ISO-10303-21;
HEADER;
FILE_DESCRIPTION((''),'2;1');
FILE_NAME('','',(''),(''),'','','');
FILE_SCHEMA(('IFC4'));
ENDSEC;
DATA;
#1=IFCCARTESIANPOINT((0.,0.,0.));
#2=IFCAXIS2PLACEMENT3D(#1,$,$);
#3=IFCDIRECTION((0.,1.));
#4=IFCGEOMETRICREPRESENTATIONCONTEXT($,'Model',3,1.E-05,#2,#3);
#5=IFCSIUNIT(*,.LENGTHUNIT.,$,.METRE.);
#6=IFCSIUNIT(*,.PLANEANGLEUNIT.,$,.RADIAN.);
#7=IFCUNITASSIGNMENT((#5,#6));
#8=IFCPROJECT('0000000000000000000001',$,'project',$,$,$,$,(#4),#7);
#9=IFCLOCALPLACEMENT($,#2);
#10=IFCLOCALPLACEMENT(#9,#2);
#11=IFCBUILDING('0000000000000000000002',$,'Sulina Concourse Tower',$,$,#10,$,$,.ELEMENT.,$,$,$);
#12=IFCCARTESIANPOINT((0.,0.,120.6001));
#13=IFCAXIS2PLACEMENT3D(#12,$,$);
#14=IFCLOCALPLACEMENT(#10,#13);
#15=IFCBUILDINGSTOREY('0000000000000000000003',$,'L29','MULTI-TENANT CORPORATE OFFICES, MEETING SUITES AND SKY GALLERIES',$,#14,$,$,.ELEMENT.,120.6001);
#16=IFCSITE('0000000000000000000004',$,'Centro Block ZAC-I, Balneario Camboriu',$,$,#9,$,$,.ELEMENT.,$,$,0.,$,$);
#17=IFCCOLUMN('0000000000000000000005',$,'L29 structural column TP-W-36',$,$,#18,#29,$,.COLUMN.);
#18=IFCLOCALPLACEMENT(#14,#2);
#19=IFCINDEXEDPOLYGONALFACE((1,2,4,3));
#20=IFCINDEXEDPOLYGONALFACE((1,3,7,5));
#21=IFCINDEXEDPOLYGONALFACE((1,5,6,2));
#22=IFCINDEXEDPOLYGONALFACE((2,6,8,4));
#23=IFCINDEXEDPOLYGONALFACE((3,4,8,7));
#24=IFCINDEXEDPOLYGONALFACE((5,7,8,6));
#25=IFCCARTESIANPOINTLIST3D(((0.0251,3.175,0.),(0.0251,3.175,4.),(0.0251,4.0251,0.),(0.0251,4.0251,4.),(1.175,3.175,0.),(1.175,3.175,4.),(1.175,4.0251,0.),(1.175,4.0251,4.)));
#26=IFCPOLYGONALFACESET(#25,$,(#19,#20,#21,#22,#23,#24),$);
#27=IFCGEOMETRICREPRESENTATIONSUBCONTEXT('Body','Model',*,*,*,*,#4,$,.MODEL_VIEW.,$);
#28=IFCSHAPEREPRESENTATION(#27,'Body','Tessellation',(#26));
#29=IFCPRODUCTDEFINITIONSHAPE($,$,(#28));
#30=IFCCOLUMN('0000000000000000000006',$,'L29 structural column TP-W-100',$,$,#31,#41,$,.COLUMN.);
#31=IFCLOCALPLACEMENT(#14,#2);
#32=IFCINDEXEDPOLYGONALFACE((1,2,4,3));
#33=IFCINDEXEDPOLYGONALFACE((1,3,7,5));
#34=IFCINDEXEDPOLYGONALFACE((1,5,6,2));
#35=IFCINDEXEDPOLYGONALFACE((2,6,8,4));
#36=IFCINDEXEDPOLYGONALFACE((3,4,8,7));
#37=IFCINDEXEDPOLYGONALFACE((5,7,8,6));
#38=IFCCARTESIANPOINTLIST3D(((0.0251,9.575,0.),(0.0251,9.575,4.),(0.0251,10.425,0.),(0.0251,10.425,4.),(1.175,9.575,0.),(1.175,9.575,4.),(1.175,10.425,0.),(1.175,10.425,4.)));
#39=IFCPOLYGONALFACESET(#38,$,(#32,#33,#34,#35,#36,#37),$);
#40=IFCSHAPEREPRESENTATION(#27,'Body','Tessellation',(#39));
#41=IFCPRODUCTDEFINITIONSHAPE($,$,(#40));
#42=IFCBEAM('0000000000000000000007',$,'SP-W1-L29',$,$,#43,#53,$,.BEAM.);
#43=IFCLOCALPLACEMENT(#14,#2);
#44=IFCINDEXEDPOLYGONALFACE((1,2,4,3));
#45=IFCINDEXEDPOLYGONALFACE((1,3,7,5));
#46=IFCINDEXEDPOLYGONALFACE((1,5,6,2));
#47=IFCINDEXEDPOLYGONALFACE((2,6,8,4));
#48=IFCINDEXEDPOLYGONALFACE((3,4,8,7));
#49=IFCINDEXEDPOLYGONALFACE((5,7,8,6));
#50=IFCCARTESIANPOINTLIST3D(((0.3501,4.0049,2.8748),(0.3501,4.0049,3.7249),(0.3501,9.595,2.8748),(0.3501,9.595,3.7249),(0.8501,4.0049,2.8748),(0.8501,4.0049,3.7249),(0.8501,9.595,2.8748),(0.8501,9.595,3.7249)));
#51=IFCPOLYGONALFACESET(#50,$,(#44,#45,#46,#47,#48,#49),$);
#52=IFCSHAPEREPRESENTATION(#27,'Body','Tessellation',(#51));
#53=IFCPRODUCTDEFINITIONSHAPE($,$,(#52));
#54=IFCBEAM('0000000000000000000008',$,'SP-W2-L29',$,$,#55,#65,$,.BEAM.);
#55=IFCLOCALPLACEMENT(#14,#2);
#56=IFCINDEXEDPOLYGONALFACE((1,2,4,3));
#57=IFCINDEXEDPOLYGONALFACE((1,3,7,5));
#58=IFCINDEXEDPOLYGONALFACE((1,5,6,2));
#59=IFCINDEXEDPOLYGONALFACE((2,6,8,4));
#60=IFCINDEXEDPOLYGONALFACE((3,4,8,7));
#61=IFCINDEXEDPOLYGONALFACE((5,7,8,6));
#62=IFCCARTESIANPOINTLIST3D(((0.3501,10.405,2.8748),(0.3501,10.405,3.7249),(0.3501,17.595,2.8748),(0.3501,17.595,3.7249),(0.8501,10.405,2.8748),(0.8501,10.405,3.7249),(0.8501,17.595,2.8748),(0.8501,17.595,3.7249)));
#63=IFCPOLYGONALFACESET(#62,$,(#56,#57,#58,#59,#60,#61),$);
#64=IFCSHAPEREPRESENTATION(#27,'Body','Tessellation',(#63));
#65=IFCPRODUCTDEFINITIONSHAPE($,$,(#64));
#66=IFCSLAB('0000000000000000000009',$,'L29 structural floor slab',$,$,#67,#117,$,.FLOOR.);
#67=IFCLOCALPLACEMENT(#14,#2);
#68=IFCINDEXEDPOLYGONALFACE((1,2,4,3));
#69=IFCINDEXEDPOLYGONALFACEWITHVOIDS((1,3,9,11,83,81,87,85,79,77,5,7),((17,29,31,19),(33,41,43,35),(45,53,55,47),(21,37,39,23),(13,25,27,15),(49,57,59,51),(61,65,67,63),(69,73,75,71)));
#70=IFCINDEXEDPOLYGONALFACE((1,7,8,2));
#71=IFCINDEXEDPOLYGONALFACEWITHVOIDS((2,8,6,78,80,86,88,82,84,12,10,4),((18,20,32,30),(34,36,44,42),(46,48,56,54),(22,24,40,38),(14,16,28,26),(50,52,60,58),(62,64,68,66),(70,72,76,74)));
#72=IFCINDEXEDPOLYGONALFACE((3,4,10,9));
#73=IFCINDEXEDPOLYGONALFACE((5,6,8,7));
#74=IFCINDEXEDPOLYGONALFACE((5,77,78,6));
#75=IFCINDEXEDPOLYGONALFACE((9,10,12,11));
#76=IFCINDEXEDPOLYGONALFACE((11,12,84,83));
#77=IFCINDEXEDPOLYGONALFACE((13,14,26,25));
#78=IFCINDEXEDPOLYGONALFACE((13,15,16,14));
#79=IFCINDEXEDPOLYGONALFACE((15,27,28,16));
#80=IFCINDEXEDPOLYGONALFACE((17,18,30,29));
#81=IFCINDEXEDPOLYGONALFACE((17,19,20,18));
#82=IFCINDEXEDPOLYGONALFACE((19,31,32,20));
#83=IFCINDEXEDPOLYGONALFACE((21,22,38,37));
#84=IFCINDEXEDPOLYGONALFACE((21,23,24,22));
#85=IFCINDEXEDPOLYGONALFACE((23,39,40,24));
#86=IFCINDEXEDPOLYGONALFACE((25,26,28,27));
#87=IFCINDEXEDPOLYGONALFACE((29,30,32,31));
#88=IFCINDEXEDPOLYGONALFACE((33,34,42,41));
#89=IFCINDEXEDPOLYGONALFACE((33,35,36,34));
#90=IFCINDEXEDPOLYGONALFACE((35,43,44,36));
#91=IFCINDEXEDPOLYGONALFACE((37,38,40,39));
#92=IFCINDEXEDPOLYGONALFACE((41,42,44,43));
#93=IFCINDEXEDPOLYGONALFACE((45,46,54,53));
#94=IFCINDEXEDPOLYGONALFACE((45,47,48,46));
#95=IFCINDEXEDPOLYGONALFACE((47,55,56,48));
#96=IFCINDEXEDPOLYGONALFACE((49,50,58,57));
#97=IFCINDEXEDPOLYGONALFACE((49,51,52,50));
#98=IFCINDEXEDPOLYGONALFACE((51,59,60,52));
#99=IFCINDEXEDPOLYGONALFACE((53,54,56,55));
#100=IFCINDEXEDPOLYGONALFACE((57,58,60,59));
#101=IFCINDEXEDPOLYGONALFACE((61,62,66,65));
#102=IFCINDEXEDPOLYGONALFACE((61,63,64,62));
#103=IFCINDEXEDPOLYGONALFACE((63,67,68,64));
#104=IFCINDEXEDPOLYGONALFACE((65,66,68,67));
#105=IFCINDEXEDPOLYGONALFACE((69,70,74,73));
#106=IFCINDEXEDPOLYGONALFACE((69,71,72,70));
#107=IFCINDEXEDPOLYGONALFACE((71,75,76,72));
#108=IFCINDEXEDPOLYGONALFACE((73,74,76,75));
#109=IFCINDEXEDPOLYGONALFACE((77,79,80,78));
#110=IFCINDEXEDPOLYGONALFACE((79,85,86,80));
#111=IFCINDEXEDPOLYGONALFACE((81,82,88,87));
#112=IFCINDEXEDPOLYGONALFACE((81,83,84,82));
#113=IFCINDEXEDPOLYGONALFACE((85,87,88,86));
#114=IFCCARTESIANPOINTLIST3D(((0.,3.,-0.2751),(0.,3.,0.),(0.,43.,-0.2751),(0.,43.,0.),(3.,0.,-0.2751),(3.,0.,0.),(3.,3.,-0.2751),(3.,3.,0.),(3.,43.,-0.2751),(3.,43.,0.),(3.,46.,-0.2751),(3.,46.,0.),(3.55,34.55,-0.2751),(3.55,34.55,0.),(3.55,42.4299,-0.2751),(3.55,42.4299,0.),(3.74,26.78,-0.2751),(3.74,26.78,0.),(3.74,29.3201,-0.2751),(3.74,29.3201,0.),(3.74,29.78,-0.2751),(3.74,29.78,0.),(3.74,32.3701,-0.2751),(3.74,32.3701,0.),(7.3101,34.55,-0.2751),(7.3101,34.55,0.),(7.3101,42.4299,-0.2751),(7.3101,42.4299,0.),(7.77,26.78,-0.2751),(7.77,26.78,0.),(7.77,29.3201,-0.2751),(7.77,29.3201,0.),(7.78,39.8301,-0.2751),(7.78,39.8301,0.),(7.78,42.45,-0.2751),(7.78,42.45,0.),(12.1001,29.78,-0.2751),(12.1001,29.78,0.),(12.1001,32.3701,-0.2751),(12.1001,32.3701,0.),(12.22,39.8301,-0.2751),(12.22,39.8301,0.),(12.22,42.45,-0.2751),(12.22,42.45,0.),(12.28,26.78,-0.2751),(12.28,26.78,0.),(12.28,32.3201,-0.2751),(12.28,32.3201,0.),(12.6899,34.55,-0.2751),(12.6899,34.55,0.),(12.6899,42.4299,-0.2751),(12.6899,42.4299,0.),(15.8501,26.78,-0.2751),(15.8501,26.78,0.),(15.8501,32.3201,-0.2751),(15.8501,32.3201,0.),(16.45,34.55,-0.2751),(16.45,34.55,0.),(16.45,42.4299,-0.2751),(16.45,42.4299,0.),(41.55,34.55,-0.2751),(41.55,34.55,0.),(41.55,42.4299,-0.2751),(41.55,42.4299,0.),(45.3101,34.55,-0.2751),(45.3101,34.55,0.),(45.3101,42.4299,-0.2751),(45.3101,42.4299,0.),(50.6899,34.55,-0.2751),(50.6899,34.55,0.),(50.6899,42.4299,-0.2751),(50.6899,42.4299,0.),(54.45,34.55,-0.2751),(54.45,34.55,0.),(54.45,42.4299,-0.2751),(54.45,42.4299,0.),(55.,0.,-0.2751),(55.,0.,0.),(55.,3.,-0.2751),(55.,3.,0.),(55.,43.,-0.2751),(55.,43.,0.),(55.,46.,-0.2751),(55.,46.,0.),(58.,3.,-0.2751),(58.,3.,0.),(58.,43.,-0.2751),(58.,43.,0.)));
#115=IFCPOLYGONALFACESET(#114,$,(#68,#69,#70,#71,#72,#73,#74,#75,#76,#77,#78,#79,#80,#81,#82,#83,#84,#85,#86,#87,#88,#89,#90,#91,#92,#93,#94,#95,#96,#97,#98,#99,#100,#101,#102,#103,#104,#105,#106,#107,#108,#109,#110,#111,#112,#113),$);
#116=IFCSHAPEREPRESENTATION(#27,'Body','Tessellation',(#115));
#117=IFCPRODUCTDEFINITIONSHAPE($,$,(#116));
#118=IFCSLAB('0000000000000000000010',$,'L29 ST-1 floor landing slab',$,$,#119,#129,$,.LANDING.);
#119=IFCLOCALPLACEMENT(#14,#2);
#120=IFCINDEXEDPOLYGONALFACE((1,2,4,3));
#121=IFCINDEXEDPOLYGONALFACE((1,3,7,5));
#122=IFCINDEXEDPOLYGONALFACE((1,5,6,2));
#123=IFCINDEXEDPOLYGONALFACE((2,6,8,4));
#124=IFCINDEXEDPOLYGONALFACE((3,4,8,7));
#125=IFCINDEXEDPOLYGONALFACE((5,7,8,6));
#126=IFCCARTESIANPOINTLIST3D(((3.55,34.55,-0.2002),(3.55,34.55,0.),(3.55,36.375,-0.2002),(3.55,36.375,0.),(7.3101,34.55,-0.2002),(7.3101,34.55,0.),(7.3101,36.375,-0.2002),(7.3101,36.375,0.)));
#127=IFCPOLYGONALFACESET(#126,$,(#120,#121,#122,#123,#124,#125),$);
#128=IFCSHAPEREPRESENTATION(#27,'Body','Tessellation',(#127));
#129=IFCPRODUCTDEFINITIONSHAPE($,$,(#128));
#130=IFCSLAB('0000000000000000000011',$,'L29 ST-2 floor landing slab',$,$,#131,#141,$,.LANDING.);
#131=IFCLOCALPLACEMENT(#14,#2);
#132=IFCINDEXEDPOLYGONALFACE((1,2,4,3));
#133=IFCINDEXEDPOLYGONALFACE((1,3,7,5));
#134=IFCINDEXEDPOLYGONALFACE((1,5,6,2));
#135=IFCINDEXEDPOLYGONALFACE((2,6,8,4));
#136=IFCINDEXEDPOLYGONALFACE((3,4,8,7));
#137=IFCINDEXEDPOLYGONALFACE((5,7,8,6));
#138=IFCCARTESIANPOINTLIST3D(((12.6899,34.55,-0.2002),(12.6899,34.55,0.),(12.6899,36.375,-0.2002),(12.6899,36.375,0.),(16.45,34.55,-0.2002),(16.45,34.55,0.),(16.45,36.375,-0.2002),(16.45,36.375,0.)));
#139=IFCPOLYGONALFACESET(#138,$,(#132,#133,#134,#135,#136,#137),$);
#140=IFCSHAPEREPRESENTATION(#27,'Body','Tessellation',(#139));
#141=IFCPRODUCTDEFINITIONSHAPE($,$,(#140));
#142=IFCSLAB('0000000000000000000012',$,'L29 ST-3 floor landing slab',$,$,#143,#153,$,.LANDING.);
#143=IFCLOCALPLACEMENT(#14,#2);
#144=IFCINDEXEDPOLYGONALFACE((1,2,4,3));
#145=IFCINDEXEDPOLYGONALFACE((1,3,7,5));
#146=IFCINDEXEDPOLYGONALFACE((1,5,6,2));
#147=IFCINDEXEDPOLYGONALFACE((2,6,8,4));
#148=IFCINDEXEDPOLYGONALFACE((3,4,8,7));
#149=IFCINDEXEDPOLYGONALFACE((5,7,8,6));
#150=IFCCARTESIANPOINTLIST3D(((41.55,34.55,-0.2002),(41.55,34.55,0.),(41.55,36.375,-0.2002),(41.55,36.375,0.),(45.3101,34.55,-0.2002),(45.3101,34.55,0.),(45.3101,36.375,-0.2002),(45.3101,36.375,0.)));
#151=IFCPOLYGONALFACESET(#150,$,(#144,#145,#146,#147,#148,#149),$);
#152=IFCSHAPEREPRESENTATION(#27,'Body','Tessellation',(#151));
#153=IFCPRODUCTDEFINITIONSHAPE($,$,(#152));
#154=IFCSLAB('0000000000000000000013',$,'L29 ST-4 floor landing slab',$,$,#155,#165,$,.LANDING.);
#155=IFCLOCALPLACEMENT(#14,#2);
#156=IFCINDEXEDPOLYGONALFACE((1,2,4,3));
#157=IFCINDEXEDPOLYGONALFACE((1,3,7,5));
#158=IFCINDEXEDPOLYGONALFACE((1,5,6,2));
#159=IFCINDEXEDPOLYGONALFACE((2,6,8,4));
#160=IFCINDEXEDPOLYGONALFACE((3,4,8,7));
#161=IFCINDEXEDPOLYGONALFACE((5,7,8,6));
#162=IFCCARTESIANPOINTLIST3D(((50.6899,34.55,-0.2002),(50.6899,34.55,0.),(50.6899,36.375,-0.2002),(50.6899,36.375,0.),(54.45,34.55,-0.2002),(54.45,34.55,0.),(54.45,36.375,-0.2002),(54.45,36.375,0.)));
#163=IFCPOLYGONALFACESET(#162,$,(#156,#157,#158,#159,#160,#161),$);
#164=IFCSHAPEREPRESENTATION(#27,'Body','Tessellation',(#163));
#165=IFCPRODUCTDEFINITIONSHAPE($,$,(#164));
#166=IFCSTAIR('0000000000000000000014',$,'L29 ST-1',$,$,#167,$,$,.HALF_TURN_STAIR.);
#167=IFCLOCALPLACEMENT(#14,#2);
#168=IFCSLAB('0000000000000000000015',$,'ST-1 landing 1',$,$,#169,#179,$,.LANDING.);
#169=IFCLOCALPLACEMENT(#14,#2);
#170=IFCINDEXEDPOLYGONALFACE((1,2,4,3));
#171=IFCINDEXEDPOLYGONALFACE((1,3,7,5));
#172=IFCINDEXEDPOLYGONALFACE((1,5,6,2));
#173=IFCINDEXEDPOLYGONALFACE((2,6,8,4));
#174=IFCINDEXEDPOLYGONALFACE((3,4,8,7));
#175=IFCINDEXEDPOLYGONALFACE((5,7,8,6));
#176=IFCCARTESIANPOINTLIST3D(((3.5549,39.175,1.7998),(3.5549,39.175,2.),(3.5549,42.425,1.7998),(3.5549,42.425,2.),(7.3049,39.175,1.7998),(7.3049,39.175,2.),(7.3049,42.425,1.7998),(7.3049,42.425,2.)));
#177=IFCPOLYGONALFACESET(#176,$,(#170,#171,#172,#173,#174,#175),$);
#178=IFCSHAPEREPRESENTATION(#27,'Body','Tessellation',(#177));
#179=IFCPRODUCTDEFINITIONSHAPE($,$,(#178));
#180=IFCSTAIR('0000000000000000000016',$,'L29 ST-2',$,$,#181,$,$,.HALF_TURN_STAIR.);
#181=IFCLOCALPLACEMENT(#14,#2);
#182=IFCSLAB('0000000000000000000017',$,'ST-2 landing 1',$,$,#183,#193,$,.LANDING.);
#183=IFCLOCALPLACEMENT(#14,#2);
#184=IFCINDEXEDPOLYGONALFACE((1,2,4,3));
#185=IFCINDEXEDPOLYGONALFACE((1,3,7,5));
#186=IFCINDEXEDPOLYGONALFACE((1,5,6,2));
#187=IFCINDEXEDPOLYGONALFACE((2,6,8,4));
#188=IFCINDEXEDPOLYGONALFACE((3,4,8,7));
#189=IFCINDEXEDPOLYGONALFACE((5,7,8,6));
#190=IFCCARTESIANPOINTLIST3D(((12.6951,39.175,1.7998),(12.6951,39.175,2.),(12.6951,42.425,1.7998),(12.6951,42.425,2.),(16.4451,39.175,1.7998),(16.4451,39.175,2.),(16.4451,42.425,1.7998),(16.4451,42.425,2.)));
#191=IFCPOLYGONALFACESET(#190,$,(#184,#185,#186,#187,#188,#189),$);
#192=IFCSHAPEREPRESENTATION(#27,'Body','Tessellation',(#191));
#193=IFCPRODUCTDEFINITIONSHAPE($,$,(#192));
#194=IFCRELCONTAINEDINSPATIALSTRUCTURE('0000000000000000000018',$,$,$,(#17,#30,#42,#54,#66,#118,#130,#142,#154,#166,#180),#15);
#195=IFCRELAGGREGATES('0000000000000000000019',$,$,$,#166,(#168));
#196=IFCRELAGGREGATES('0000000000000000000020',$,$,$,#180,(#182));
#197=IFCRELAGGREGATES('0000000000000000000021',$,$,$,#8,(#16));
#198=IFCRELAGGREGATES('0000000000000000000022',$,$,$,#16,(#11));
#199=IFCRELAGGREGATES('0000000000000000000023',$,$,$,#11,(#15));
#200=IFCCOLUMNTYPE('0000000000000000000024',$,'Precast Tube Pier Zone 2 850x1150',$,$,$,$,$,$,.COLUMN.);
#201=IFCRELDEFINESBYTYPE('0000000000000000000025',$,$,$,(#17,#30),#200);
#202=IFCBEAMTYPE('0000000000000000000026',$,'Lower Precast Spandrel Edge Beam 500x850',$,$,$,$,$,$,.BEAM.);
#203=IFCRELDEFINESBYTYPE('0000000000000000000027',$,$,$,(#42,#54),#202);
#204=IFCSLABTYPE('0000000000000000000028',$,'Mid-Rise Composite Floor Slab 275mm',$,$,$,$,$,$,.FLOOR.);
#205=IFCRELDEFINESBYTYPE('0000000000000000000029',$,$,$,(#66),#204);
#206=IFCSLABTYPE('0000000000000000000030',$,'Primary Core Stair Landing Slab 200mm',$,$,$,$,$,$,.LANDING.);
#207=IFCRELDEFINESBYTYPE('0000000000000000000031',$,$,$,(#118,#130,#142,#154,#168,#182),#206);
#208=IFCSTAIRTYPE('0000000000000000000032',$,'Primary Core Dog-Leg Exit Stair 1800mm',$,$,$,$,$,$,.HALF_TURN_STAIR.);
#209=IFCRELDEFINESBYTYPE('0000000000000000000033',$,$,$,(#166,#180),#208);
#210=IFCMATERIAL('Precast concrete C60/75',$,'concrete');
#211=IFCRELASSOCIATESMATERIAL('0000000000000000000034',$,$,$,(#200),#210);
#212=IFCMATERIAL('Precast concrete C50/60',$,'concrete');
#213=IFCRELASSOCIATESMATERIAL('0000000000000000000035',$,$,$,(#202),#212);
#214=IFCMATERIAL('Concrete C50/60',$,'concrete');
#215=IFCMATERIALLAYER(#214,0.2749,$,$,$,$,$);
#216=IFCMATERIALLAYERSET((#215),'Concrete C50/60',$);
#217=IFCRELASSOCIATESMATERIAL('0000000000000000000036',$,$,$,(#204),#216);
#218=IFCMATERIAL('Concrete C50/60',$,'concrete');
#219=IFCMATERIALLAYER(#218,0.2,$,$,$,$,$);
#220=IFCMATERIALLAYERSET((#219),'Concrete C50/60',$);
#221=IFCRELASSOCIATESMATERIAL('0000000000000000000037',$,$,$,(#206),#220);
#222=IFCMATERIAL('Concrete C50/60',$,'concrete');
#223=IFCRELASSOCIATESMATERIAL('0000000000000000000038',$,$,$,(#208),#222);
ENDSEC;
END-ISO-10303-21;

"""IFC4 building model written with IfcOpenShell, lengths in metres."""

from ifc_helpers import new_model, si_unit, direction, frame, origin, origin_2d, place, context, subcontext, project, spatial, polyline, rectangle, outline, extrude, material, layer, layer_set, material_profile, profile_set, type_object, element, aggregate, save


model = new_model("IFC4")

# Units and contexts
model_context = context("Model", 3, precision=1e-05, world=origin(), true_north=direction((0.0, 1.0)))
body_context = subcontext(model_context, "Body", "Model", "MODEL_VIEW")
ifc_project = project(units=[si_unit("LENGTHUNIT", "METRE"), si_unit("PLANEANGLEUNIT", "RADIAN")], contexts=[model_context])

# Site, building, storey
site_placement = place(None, origin())
site = spatial("IfcSite", under=ifc_project, at=site_placement, Name="Centro Block ZAC-I, Balneario Camboriu", CompositionType="ELEMENT", RefElevation=0.0)
building_placement = place(site_placement, origin())
building = spatial("IfcBuilding", under=site, at=building_placement, Name="Sulina Concourse Tower", CompositionType="ELEMENT")
storey_placement = place(building_placement, frame((0.0, 0.0, 120.6001)))
storey = spatial("IfcBuildingStorey", under=building, at=storey_placement, Name="L29", Description="MULTI-TENANT CORPORATE OFFICES, MEETING SUITES AND SKY GALLERIES", CompositionType="ELEMENT", Elevation=120.6001)

# Columns
ifc_material_1 = material(Name="Precast concrete C60/75", Category="concrete")
ifc_material_profile_1 = material_profile(ifc_material_1, rectangle(XDim=0.8501, YDim=1.1499, at=origin_2d()), Name="PC 850x1150")
ifc_profile_set_1 = profile_set([ifc_material_profile_1], Name="Precast concrete C60/75")
column_type = type_object("IfcColumnType", Name="Precast Tube Pier Zone 2 850x1150", PredefinedType="COLUMN", material=ifc_profile_set_1)
for number, where, z_axis, x_axis, name in (
    (1, (0.6001, 3.6001, 0.0), (0.0, 0.0, 1.0), (0.0, 1.0, 0.0), "L29 structural column TP-W-36"),
    (2, (0.6001, 10.0, 0.0), (0.0, 0.0, 1.0), (0.0, 1.0, 0.0), "L29 structural column TP-W-100"),
):
    element("IfcColumn", number, at=place(storey_placement, frame(where, z_axis=z_axis, x_axis=x_axis)), inside=storey, type_object=column_type, Name=name, PredefinedType="COLUMN", context=body_context, shape_type="SweptSolid", body=[
        extrude(rectangle(XDim=0.8501, YDim=1.1499, at=origin_2d()), origin(), (0.0, 0.0, 1.0), 4.0),
    ])

# Beams
ifc_material_2 = material(Name="Precast concrete C50/60", Category="concrete")
ifc_material_profile_2 = material_profile(ifc_material_2, rectangle(XDim=0.5, YDim=0.8501, at=origin_2d()), Name="RC 500x850")
ifc_profile_set_2 = profile_set([ifc_material_profile_2], Name="Precast concrete C50/60")
beam_type = type_object("IfcBeamType", Name="Lower Precast Spandrel Edge Beam 500x850", PredefinedType="BEAM", material=ifc_profile_set_2)
beam_1_placement = place(storey_placement, frame((0.6001, 4.0049, 3.2998), z_axis=(0.0, 1.0, 0.0), x_axis=(-1.0, 0.0, 0.0)))
element("IfcBeam", 3, at=beam_1_placement, inside=storey, type_object=beam_type, Name="SP-W1-L29", PredefinedType="BEAM", context=body_context, shape_type="SweptSolid", body=[
    extrude(rectangle(XDim=0.5, YDim=0.8501, at=origin_2d()), origin(), (0.0, 0.0, 1.0), 5.5901),
])
beam_2_placement = place(storey_placement, frame((0.6001, 10.405, 3.2998), z_axis=(0.0, 1.0, 0.0), x_axis=(-1.0, 0.0, 0.0)))
element("IfcBeam", 4, at=beam_2_placement, inside=storey, type_object=beam_type, Name="SP-W2-L29", PredefinedType="BEAM", context=body_context, shape_type="SweptSolid", body=[
    extrude(rectangle(XDim=0.5, YDim=0.8501, at=origin_2d()), origin(), (0.0, 0.0, 1.0), 7.1899),
])

# Slabs
ifc_material_3 = material(Name="Concrete C50/60", Category="concrete")
ifc_layer_1 = layer(ifc_material_3, 0.2749)
ifc_layer_set_1 = layer_set([ifc_layer_1], Name="Concrete C50/60")
slab_type_1 = type_object("IfcSlabType", Name="Mid-Rise Composite Floor Slab 275mm", PredefinedType="FLOOR", material=ifc_layer_set_1)
slab_1_placement = place(storey_placement, frame((0.0, 0.0, -0.2751)))
element("IfcSlab", 5, at=slab_1_placement, inside=storey, type_object=slab_type_1, Name="L29 structural floor slab", PredefinedType="FLOOR", context=body_context, shape_type="SweptSolid", body=[
    extrude(outline(polyline([(3.0, 0.0), (55.0, 0.0), (55.0, 3.0), (58.0, 3.0), (58.0, 43.0), (55.0, 43.0), (55.0, 46.0), (3.0, 46.0), (3.0, 43.0), (0.0, 43.0), (0.0, 3.0), (3.0, 3.0), (3.0, 0.0)]), holes=[polyline([(7.3101, 34.55), (7.3101, 42.4299), (3.55, 42.4299), (3.55, 34.55), (7.3101, 34.55)]), polyline([(16.45, 34.55), (16.45, 42.4299), (12.6899, 42.4299), (12.6899, 34.55), (16.45, 34.55)]), polyline([(45.3101, 34.55), (45.3101, 42.4299), (41.55, 42.4299), (41.55, 34.55), (45.3101, 34.55)]), polyline([(54.45, 34.55), (54.45, 42.4299), (50.6899, 42.4299), (50.6899, 34.55), (54.45, 34.55)]), polyline([(7.78, 39.8301), (12.22, 39.8301), (12.22, 42.45), (7.78, 42.45), (7.78, 39.8301)]), polyline([(3.74, 26.78), (7.77, 26.78), (7.77, 29.3201), (3.74, 29.3201), (3.74, 26.78)]), polyline([(3.74, 29.78), (12.1001, 29.78), (12.1001, 32.3701), (3.74, 32.3701), (3.74, 29.78)]), polyline([(12.28, 26.78), (15.8501, 26.78), (15.8501, 32.3201), (12.28, 32.3201), (12.28, 26.78)])]), origin(), (0.0, 0.0, 1.0), 0.2751),
])
ifc_material_4 = material(Name="Concrete C50/60", Category="concrete")
ifc_layer_2 = layer(ifc_material_4, 0.2)
ifc_layer_set_2 = layer_set([ifc_layer_2], Name="Concrete C50/60")
slab_type_2 = type_object("IfcSlabType", Name="Primary Core Stair Landing Slab 200mm", PredefinedType="LANDING", material=ifc_layer_set_2)
slab_2_placement = place(storey_placement, frame((0.0, 0.0, -0.2002)))
element("IfcSlab", 6, at=slab_2_placement, inside=storey, type_object=slab_type_2, Name="L29 ST-1 floor landing slab", PredefinedType="LANDING", context=body_context, shape_type="SweptSolid", body=[
    extrude(outline(polyline([(7.3101, 34.55), (7.3101, 36.375), (3.55, 36.375), (3.55, 34.55), (7.3101, 34.55)])), origin(), (0.0, 0.0, 1.0), 0.2002),
])
slab_3_placement = place(storey_placement, frame((0.0, 0.0, -0.2002)))
element("IfcSlab", 7, at=slab_3_placement, inside=storey, type_object=slab_type_2, Name="L29 ST-2 floor landing slab", PredefinedType="LANDING", context=body_context, shape_type="SweptSolid", body=[
    extrude(outline(polyline([(16.45, 34.55), (16.45, 36.375), (12.6899, 36.375), (12.6899, 34.55), (16.45, 34.55)])), origin(), (0.0, 0.0, 1.0), 0.2002),
])
slab_4_placement = place(storey_placement, frame((0.0, 0.0, -0.2002)))
element("IfcSlab", 8, at=slab_4_placement, inside=storey, type_object=slab_type_2, Name="L29 ST-3 floor landing slab", PredefinedType="LANDING", context=body_context, shape_type="SweptSolid", body=[
    extrude(outline(polyline([(45.3101, 34.55), (45.3101, 36.375), (41.55, 36.375), (41.55, 34.55), (45.3101, 34.55)])), origin(), (0.0, 0.0, 1.0), 0.2002),
])
slab_5_placement = place(storey_placement, frame((0.0, 0.0, -0.2002)))
element("IfcSlab", 9, at=slab_5_placement, inside=storey, type_object=slab_type_2, Name="L29 ST-4 floor landing slab", PredefinedType="LANDING", context=body_context, shape_type="SweptSolid", body=[
    extrude(outline(polyline([(54.45, 34.55), (54.45, 36.375), (50.6899, 36.375), (50.6899, 34.55), (54.45, 34.55)])), origin(), (0.0, 0.0, 1.0), 0.2002),
])

# Stairs, slabs
ifc_material_5 = material(Name="Concrete C50/60", Category="concrete")
stair_type_1 = type_object("IfcStairType", Name="Primary Core Dog-Leg Exit Stair 1800mm", PredefinedType="HALF_TURN_STAIR", material=ifc_material_5)
stair_1_placement = place(storey_placement, origin())
stair_1 = element("IfcStair", 10, at=stair_1_placement, inside=storey, type_object=stair_type_1, Name="L29 ST-1", PredefinedType="HALF_TURN_STAIR")
slab_6_placement = place(storey_placement, frame((0.0, 0.0, 1.7998)))
slab_6 = element("IfcSlab", 11, at=slab_6_placement, type_object=slab_type_2, Name="ST-1 landing 1", PredefinedType="LANDING", context=body_context, shape_type="SweptSolid", body=[
    extrude(outline(polyline([(7.3049, 39.175), (7.3049, 42.425), (3.5549, 42.425), (3.5549, 39.175), (7.3049, 39.175)])), origin(), (0.0, 0.0, 1.0), 0.2002),
])
aggregate(stair_1, [slab_6])
stair_2_placement = place(storey_placement, origin())
stair_2 = element("IfcStair", 12, at=stair_2_placement, inside=storey, type_object=stair_type_1, Name="L29 ST-2", PredefinedType="HALF_TURN_STAIR")
slab_7_placement = place(storey_placement, frame((0.0, 0.0, 1.7998)))
slab_7 = element("IfcSlab", 13, at=slab_7_placement, type_object=slab_type_2, Name="ST-2 landing 1", PredefinedType="LANDING", context=body_context, shape_type="SweptSolid", body=[
    extrude(outline(polyline([(16.4451, 39.175), (16.4451, 42.425), (12.6951, 42.425), (12.6951, 39.175), (16.4451, 39.175)])), origin(), (0.0, 0.0, 1.0), 0.2002),
])
aggregate(stair_2, [slab_7])

save(model, "model.ifc")
